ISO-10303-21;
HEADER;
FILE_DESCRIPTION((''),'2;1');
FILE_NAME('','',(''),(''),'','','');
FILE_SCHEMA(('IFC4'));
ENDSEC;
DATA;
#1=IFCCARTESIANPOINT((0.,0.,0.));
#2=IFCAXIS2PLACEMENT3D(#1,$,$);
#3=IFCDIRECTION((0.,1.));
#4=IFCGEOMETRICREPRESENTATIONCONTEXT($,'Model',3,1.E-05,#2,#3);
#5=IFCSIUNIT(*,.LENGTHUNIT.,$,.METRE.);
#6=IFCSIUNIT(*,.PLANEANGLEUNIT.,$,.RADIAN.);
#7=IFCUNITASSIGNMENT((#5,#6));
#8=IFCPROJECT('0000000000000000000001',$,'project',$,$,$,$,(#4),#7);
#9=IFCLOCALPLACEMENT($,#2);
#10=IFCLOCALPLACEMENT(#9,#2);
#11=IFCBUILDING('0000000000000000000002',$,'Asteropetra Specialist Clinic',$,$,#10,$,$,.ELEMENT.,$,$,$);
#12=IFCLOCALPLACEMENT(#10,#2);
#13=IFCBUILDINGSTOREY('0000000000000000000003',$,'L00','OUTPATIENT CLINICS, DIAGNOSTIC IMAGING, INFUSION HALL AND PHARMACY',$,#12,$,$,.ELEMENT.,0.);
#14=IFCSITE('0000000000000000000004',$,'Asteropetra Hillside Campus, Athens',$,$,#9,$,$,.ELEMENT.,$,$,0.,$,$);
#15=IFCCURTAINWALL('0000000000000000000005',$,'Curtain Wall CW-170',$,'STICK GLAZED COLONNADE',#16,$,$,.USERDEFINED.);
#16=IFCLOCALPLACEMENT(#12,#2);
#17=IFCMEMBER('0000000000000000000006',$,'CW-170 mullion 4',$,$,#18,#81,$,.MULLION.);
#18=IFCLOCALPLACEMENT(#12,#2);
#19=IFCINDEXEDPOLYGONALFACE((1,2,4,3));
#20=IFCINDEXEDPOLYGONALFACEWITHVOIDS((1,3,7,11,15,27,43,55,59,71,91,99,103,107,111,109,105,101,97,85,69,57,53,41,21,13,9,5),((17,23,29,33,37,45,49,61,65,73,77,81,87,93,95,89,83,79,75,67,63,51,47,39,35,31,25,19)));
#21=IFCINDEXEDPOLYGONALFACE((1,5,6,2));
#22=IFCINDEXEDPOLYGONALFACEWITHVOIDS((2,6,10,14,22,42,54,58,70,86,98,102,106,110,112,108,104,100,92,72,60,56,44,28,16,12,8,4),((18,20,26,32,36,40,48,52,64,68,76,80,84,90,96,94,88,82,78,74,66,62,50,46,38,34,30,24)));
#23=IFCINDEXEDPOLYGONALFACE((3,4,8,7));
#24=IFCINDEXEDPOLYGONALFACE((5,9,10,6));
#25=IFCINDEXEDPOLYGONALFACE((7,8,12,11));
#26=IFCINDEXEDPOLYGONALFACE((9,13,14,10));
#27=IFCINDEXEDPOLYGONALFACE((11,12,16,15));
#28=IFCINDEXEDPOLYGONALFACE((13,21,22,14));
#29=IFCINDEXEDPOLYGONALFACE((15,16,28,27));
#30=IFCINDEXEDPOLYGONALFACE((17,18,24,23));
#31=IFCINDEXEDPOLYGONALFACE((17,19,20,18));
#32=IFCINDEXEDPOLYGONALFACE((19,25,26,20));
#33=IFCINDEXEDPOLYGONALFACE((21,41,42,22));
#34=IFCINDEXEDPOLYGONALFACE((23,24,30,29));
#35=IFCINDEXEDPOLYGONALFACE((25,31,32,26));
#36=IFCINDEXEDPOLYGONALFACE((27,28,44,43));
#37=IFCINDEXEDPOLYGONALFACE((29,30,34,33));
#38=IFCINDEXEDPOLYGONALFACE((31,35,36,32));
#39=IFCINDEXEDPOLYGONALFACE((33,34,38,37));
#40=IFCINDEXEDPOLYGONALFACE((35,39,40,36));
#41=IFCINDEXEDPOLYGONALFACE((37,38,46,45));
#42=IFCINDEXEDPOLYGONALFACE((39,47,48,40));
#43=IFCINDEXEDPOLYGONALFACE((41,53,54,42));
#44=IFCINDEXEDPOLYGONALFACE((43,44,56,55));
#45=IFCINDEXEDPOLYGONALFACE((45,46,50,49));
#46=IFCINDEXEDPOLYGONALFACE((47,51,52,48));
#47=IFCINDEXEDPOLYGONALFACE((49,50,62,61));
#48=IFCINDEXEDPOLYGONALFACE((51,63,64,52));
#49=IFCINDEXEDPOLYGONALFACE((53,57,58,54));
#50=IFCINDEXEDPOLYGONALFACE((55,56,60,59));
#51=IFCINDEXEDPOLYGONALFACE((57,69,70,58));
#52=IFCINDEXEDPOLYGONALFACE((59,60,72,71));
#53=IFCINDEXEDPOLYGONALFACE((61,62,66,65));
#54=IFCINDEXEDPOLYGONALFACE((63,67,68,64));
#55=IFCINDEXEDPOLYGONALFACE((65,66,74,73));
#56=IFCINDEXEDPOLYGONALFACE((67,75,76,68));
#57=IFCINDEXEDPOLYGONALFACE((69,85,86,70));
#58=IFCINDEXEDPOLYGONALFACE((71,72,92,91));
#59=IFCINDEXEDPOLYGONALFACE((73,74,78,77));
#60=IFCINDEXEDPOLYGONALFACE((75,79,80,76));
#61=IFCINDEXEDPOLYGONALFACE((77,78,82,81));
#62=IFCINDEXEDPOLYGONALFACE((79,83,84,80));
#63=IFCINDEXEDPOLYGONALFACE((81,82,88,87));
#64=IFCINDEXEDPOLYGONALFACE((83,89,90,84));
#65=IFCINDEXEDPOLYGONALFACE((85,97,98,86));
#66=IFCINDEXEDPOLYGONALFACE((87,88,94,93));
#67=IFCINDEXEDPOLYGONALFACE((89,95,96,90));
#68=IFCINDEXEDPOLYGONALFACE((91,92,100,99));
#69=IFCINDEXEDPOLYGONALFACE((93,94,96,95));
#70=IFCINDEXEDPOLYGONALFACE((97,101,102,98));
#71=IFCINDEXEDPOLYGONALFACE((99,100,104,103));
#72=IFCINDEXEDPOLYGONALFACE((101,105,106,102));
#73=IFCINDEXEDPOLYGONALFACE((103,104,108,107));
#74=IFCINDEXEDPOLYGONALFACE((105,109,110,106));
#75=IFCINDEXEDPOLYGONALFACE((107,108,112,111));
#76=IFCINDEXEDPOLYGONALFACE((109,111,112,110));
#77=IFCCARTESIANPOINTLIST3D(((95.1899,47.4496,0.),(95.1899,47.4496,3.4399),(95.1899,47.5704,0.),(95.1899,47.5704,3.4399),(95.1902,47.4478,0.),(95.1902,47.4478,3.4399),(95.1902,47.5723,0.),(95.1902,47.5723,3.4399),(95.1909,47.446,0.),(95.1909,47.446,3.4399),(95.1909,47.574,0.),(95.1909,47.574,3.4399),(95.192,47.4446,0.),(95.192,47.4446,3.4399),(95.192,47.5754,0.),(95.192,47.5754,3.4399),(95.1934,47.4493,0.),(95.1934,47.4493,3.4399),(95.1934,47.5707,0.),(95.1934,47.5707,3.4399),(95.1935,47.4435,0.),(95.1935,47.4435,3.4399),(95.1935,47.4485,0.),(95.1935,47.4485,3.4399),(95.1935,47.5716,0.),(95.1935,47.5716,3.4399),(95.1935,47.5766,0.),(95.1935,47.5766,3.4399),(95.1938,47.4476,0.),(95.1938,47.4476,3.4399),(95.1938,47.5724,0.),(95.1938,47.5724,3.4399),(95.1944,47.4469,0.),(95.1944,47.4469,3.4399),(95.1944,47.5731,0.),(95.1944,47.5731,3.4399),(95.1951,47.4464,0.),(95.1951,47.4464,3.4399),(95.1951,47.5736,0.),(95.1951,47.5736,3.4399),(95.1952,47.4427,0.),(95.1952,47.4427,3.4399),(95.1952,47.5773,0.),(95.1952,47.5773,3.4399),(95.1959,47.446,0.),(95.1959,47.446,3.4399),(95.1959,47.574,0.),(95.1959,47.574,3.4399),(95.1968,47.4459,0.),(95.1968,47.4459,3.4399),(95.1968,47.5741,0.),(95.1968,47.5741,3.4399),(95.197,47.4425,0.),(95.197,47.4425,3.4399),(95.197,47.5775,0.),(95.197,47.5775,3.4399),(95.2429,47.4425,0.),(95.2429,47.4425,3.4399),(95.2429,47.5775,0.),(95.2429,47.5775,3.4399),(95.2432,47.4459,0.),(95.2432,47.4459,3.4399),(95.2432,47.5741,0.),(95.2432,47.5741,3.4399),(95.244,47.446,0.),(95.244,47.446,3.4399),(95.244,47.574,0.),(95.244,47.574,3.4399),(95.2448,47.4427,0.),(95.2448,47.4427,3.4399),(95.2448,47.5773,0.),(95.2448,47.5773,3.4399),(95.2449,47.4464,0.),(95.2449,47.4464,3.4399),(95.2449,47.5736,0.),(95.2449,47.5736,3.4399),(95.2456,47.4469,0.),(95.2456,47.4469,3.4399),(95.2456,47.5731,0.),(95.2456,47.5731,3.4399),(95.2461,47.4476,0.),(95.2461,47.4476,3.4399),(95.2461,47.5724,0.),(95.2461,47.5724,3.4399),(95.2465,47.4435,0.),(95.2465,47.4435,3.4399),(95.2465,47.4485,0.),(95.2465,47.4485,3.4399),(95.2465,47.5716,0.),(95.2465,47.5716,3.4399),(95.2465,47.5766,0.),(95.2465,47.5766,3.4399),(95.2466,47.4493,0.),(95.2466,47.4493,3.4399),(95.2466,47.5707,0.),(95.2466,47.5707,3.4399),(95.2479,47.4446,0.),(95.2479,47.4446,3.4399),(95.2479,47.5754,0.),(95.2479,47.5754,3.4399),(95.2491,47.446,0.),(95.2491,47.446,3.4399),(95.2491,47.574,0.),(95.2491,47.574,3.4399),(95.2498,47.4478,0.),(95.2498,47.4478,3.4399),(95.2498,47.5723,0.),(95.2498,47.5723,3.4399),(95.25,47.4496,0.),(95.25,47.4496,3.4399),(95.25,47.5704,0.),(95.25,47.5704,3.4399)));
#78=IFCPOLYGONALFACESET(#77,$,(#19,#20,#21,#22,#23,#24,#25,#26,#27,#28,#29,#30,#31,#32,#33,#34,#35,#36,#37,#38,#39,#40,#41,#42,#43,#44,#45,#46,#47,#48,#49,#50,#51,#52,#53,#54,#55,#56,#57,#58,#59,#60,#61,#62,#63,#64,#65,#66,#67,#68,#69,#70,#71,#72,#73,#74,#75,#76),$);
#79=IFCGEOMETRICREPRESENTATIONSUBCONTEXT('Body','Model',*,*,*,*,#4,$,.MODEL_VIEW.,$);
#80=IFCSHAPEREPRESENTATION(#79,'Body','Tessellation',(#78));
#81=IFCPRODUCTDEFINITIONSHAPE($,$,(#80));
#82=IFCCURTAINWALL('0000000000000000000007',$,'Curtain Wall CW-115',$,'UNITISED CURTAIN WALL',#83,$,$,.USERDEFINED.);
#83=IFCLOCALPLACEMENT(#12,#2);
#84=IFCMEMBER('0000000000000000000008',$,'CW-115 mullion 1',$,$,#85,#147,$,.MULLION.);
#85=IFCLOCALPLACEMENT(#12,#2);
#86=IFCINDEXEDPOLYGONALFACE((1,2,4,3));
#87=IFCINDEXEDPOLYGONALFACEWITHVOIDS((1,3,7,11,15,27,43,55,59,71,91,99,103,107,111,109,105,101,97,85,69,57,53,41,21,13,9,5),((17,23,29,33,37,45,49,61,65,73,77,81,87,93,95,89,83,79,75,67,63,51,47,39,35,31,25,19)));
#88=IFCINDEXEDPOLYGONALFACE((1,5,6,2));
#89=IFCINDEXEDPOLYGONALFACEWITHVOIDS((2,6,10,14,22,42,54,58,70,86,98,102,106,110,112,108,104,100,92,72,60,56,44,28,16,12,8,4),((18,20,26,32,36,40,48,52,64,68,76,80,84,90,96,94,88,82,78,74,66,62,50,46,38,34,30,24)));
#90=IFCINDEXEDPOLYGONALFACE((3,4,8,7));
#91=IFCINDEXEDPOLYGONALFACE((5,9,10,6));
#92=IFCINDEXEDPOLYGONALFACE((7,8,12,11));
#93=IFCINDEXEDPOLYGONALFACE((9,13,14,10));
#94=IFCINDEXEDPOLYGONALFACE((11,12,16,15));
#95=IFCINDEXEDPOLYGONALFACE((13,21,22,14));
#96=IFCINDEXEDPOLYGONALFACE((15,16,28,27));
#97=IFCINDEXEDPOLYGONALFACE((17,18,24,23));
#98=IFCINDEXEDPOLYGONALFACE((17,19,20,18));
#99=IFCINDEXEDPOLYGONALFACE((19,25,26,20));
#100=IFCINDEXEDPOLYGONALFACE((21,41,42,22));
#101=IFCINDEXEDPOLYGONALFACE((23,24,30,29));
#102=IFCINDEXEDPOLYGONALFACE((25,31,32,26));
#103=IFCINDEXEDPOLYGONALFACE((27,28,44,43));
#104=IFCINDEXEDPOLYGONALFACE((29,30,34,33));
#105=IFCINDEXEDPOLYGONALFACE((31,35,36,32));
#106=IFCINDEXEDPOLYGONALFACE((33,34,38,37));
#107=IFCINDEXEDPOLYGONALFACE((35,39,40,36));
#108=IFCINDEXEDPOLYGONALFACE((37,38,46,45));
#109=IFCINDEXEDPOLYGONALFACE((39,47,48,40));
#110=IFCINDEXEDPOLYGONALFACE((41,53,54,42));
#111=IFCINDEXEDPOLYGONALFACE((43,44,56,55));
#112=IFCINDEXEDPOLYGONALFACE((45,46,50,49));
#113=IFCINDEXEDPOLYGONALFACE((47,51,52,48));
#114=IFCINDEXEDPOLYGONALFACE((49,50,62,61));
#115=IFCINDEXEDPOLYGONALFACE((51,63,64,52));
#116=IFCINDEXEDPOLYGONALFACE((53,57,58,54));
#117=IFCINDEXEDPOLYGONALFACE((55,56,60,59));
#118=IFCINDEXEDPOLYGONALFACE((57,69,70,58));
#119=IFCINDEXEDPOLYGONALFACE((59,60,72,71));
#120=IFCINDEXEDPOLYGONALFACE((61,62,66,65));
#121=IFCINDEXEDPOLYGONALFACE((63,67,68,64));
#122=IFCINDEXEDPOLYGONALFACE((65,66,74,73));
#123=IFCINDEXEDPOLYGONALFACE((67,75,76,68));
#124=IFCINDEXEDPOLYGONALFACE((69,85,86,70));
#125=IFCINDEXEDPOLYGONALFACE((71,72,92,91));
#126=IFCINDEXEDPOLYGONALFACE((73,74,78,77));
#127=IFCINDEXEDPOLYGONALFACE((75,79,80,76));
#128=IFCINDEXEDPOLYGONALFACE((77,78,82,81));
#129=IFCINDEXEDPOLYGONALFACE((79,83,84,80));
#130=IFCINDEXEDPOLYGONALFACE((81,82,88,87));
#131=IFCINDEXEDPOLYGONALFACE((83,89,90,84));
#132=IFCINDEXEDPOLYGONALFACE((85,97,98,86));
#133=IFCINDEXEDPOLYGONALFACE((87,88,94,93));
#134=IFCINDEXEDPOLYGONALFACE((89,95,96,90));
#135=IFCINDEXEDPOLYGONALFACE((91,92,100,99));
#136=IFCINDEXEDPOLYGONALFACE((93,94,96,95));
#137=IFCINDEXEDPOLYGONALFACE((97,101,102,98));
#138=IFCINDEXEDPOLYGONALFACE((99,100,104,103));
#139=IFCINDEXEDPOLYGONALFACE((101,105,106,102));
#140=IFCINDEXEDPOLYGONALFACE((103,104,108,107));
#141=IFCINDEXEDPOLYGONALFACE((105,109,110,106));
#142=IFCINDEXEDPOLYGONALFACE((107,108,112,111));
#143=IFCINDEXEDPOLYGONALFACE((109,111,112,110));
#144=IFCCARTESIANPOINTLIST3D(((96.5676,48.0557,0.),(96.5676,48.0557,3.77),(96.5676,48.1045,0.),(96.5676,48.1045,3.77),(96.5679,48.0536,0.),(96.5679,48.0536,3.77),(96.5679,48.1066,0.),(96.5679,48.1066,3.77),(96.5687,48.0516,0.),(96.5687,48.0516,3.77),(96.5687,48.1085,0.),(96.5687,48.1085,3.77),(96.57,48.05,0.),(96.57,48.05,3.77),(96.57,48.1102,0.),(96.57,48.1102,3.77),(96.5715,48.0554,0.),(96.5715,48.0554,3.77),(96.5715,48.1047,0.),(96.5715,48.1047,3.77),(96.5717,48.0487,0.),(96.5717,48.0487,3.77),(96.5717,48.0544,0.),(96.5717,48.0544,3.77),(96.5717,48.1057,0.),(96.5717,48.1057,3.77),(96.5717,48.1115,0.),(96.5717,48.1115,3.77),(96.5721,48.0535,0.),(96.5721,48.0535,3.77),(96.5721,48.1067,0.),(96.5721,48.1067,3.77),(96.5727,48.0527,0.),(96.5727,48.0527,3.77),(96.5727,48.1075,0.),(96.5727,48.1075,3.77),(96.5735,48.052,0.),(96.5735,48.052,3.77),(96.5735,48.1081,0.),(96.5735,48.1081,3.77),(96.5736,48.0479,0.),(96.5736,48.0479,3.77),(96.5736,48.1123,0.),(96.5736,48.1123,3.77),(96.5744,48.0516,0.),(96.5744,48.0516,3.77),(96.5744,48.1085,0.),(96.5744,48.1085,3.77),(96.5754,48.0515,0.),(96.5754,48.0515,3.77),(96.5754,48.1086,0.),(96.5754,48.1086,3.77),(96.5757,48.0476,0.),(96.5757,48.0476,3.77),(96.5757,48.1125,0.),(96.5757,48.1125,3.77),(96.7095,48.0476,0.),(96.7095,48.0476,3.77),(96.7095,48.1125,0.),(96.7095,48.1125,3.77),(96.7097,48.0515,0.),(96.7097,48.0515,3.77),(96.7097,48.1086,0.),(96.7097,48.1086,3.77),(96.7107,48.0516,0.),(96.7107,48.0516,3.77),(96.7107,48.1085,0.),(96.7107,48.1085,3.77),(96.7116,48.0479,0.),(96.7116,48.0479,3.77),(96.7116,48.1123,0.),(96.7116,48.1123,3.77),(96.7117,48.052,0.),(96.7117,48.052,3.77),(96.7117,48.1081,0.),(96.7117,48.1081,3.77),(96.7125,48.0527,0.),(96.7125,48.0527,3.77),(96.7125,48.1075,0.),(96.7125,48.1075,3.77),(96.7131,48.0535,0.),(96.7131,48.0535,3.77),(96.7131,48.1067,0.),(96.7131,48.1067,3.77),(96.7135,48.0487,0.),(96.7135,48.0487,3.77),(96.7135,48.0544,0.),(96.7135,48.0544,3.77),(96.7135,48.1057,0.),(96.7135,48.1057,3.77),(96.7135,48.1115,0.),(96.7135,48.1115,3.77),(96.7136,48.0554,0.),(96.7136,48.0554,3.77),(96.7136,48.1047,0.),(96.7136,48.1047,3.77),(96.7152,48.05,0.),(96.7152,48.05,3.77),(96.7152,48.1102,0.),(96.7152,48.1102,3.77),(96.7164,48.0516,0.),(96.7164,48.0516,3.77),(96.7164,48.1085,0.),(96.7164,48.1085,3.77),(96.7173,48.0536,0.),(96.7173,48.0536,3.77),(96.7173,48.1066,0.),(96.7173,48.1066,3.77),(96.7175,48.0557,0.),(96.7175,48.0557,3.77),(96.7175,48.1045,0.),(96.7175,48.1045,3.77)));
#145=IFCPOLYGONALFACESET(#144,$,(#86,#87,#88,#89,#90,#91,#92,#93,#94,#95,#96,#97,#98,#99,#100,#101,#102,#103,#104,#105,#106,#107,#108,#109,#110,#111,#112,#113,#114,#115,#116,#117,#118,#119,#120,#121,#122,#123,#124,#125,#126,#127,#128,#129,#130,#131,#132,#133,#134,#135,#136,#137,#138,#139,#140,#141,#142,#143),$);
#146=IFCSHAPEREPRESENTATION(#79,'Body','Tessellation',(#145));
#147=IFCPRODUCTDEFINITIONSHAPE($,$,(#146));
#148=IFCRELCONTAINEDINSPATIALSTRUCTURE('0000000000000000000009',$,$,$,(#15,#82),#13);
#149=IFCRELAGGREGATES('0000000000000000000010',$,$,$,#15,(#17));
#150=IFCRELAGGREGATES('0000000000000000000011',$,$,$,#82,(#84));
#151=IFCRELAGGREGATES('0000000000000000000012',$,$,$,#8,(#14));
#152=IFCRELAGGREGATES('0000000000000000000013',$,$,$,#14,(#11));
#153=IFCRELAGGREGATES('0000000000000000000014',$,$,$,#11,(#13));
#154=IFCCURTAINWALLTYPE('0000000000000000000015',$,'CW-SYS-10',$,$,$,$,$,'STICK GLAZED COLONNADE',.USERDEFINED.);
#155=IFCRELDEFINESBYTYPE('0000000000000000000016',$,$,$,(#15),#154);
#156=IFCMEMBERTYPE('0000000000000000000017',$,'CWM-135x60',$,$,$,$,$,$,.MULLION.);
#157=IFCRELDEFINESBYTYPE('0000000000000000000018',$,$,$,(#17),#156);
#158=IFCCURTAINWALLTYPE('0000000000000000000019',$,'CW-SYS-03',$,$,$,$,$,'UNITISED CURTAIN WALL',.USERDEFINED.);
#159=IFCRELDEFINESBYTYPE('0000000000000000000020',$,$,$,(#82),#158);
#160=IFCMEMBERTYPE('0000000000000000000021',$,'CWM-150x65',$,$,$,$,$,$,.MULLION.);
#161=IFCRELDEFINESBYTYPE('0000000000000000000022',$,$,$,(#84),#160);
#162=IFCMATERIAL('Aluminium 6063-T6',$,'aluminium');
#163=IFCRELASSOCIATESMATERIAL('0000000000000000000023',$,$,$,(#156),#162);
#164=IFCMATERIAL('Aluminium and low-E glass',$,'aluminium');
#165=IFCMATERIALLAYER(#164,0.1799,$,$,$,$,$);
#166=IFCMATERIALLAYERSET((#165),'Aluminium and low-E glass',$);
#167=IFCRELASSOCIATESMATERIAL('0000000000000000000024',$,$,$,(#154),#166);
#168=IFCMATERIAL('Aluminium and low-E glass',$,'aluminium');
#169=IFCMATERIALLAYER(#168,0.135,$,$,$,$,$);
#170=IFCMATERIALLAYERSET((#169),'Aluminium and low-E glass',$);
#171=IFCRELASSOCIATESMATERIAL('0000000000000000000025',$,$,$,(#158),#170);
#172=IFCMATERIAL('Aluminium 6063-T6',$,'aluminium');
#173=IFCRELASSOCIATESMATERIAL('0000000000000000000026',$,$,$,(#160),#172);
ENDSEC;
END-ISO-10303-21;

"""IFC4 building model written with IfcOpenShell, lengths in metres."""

from ifc_helpers import new_model, si_unit, direction, frame, origin, origin_2d, place, context, subcontext, project, spatial, hollow_rectangle, extrude, material, layer, layer_set, material_profile, profile_set, type_object, element, aggregate, save


model = new_model("IFC4")

# Units and contexts
model_context = context("Model", 3, precision=1e-05, world=origin(), true_north=direction((0.0, 1.0)))
body_context = subcontext(model_context, "Body", "Model", "MODEL_VIEW")
ifc_project = project(units=[si_unit("LENGTHUNIT", "METRE"), si_unit("PLANEANGLEUNIT", "RADIAN")], contexts=[model_context])

# Site, building, storey
site_placement = place(None, origin())
site = spatial("IfcSite", under=ifc_project, at=site_placement, Name="Asteropetra Hillside Campus, Athens", CompositionType="ELEMENT", RefElevation=0.0)
building_placement = place(site_placement, origin())
building = spatial("IfcBuilding", under=site, at=building_placement, Name="Asteropetra Specialist Clinic", CompositionType="ELEMENT")
storey_placement = place(building_placement, origin())
storey = spatial("IfcBuildingStorey", under=building, at=storey_placement, Name="L00", Description="OUTPATIENT CLINICS, DIAGNOSTIC IMAGING, INFUSION HALL AND PHARMACY", CompositionType="ELEMENT", Elevation=0.0)

# Curtain wall, member
ifc_material_1 = material(Name="Aluminium 6063-T6", Category="aluminium")
ifc_material_profile_1 = material_profile(ifc_material_1, hollow_rectangle(XDim=0.0601, YDim=0.135, WallThickness=0.0034, InnerFilletRadius=0.0034, OuterFilletRadius=0.0071, at=origin_2d()), Name="MUL 135x60x3.5")
ifc_profile_set_1 = profile_set([ifc_material_profile_1], Name="Aluminium 6063-T6")
member_type_1 = type_object("IfcMemberType", Name="CWM-135x60", PredefinedType="MULLION", material=ifc_profile_set_1)
ifc_material_2 = material(Name="Aluminium and low-E glass", Category="aluminium")
ifc_layer_1 = layer(ifc_material_2, 0.1799)
ifc_layer_set_1 = layer_set([ifc_layer_1], Name="Aluminium and low-E glass")
curtain_wall_type_1 = type_object("IfcCurtainWallType", Name="CW-SYS-10", ElementType="STICK GLAZED COLONNADE", PredefinedType="USERDEFINED", material=ifc_layer_set_1)
curtain_wall_1_placement = place(storey_placement, origin())
curtain_wall_1 = element("IfcCurtainWall", 1, at=curtain_wall_1_placement, inside=storey, type_object=curtain_wall_type_1, Name="Curtain Wall CW-170", ObjectType="STICK GLAZED COLONNADE", PredefinedType="USERDEFINED")
member_1_placement = place(storey_placement, frame((95.22, 47.51, 0.0), z_axis=(0.0, 0.0, 1.0), x_axis=(-1.0, 0.0, 0.0)))
member_1 = element("IfcMember", 2, at=member_1_placement, type_object=member_type_1, Name="CW-170 mullion 4", PredefinedType="MULLION", context=body_context, shape_type="SweptSolid", body=[
    extrude(hollow_rectangle(XDim=0.0601, YDim=0.135, WallThickness=0.0034, InnerFilletRadius=0.0034, OuterFilletRadius=0.0071, at=origin_2d()), origin(), (0.0, 0.0, 1.0), 3.4399),
])
aggregate(curtain_wall_1, [member_1])

# Curtain wall, member
ifc_material_3 = material(Name="Aluminium and low-E glass", Category="aluminium")
ifc_layer_2 = layer(ifc_material_3, 0.135)
ifc_layer_set_2 = layer_set([ifc_layer_2], Name="Aluminium and low-E glass")
curtain_wall_type_2 = type_object("IfcCurtainWallType", Name="CW-SYS-03", ElementType="UNITISED CURTAIN WALL", PredefinedType="USERDEFINED", material=ifc_layer_set_2)
curtain_wall_2_placement = place(storey_placement, origin())
curtain_wall_2 = element("IfcCurtainWall", 3, at=curtain_wall_2_placement, inside=storey, type_object=curtain_wall_type_2, Name="Curtain Wall CW-115", ObjectType="UNITISED CURTAIN WALL", PredefinedType="USERDEFINED")
ifc_material_4 = material(Name="Aluminium 6063-T6", Category="aluminium")
ifc_material_profile_2 = material_profile(ifc_material_4, hollow_rectangle(XDim=0.0649, YDim=0.1499, WallThickness=0.0039, InnerFilletRadius=0.0039, OuterFilletRadius=0.0081, at=origin_2d()), Name="MUL 150x65x4.0")
ifc_profile_set_2 = profile_set([ifc_material_profile_2], Name="Aluminium 6063-T6")
member_type_2 = type_object("IfcMemberType", Name="CWM-150x65", PredefinedType="MULLION", material=ifc_profile_set_2)
member_2_placement = place(storey_placement, frame((96.6426, 48.0801, 0.0), z_axis=(0.0, 0.0, 1.0), x_axis=(0.0, 1.0, 0.0)))
member_2 = element("IfcMember", 4, at=member_2_placement, type_object=member_type_2, Name="CW-115 mullion 1", PredefinedType="MULLION", context=body_context, shape_type="SweptSolid", body=[
    extrude(hollow_rectangle(XDim=0.0649, YDim=0.1499, WallThickness=0.0039, InnerFilletRadius=0.0039, OuterFilletRadius=0.0081, at=origin_2d()), origin(), (0.0, 0.0, 1.0), 3.77),
])
aggregate(curtain_wall_2, [member_2])

save(model, "model.ifc")
